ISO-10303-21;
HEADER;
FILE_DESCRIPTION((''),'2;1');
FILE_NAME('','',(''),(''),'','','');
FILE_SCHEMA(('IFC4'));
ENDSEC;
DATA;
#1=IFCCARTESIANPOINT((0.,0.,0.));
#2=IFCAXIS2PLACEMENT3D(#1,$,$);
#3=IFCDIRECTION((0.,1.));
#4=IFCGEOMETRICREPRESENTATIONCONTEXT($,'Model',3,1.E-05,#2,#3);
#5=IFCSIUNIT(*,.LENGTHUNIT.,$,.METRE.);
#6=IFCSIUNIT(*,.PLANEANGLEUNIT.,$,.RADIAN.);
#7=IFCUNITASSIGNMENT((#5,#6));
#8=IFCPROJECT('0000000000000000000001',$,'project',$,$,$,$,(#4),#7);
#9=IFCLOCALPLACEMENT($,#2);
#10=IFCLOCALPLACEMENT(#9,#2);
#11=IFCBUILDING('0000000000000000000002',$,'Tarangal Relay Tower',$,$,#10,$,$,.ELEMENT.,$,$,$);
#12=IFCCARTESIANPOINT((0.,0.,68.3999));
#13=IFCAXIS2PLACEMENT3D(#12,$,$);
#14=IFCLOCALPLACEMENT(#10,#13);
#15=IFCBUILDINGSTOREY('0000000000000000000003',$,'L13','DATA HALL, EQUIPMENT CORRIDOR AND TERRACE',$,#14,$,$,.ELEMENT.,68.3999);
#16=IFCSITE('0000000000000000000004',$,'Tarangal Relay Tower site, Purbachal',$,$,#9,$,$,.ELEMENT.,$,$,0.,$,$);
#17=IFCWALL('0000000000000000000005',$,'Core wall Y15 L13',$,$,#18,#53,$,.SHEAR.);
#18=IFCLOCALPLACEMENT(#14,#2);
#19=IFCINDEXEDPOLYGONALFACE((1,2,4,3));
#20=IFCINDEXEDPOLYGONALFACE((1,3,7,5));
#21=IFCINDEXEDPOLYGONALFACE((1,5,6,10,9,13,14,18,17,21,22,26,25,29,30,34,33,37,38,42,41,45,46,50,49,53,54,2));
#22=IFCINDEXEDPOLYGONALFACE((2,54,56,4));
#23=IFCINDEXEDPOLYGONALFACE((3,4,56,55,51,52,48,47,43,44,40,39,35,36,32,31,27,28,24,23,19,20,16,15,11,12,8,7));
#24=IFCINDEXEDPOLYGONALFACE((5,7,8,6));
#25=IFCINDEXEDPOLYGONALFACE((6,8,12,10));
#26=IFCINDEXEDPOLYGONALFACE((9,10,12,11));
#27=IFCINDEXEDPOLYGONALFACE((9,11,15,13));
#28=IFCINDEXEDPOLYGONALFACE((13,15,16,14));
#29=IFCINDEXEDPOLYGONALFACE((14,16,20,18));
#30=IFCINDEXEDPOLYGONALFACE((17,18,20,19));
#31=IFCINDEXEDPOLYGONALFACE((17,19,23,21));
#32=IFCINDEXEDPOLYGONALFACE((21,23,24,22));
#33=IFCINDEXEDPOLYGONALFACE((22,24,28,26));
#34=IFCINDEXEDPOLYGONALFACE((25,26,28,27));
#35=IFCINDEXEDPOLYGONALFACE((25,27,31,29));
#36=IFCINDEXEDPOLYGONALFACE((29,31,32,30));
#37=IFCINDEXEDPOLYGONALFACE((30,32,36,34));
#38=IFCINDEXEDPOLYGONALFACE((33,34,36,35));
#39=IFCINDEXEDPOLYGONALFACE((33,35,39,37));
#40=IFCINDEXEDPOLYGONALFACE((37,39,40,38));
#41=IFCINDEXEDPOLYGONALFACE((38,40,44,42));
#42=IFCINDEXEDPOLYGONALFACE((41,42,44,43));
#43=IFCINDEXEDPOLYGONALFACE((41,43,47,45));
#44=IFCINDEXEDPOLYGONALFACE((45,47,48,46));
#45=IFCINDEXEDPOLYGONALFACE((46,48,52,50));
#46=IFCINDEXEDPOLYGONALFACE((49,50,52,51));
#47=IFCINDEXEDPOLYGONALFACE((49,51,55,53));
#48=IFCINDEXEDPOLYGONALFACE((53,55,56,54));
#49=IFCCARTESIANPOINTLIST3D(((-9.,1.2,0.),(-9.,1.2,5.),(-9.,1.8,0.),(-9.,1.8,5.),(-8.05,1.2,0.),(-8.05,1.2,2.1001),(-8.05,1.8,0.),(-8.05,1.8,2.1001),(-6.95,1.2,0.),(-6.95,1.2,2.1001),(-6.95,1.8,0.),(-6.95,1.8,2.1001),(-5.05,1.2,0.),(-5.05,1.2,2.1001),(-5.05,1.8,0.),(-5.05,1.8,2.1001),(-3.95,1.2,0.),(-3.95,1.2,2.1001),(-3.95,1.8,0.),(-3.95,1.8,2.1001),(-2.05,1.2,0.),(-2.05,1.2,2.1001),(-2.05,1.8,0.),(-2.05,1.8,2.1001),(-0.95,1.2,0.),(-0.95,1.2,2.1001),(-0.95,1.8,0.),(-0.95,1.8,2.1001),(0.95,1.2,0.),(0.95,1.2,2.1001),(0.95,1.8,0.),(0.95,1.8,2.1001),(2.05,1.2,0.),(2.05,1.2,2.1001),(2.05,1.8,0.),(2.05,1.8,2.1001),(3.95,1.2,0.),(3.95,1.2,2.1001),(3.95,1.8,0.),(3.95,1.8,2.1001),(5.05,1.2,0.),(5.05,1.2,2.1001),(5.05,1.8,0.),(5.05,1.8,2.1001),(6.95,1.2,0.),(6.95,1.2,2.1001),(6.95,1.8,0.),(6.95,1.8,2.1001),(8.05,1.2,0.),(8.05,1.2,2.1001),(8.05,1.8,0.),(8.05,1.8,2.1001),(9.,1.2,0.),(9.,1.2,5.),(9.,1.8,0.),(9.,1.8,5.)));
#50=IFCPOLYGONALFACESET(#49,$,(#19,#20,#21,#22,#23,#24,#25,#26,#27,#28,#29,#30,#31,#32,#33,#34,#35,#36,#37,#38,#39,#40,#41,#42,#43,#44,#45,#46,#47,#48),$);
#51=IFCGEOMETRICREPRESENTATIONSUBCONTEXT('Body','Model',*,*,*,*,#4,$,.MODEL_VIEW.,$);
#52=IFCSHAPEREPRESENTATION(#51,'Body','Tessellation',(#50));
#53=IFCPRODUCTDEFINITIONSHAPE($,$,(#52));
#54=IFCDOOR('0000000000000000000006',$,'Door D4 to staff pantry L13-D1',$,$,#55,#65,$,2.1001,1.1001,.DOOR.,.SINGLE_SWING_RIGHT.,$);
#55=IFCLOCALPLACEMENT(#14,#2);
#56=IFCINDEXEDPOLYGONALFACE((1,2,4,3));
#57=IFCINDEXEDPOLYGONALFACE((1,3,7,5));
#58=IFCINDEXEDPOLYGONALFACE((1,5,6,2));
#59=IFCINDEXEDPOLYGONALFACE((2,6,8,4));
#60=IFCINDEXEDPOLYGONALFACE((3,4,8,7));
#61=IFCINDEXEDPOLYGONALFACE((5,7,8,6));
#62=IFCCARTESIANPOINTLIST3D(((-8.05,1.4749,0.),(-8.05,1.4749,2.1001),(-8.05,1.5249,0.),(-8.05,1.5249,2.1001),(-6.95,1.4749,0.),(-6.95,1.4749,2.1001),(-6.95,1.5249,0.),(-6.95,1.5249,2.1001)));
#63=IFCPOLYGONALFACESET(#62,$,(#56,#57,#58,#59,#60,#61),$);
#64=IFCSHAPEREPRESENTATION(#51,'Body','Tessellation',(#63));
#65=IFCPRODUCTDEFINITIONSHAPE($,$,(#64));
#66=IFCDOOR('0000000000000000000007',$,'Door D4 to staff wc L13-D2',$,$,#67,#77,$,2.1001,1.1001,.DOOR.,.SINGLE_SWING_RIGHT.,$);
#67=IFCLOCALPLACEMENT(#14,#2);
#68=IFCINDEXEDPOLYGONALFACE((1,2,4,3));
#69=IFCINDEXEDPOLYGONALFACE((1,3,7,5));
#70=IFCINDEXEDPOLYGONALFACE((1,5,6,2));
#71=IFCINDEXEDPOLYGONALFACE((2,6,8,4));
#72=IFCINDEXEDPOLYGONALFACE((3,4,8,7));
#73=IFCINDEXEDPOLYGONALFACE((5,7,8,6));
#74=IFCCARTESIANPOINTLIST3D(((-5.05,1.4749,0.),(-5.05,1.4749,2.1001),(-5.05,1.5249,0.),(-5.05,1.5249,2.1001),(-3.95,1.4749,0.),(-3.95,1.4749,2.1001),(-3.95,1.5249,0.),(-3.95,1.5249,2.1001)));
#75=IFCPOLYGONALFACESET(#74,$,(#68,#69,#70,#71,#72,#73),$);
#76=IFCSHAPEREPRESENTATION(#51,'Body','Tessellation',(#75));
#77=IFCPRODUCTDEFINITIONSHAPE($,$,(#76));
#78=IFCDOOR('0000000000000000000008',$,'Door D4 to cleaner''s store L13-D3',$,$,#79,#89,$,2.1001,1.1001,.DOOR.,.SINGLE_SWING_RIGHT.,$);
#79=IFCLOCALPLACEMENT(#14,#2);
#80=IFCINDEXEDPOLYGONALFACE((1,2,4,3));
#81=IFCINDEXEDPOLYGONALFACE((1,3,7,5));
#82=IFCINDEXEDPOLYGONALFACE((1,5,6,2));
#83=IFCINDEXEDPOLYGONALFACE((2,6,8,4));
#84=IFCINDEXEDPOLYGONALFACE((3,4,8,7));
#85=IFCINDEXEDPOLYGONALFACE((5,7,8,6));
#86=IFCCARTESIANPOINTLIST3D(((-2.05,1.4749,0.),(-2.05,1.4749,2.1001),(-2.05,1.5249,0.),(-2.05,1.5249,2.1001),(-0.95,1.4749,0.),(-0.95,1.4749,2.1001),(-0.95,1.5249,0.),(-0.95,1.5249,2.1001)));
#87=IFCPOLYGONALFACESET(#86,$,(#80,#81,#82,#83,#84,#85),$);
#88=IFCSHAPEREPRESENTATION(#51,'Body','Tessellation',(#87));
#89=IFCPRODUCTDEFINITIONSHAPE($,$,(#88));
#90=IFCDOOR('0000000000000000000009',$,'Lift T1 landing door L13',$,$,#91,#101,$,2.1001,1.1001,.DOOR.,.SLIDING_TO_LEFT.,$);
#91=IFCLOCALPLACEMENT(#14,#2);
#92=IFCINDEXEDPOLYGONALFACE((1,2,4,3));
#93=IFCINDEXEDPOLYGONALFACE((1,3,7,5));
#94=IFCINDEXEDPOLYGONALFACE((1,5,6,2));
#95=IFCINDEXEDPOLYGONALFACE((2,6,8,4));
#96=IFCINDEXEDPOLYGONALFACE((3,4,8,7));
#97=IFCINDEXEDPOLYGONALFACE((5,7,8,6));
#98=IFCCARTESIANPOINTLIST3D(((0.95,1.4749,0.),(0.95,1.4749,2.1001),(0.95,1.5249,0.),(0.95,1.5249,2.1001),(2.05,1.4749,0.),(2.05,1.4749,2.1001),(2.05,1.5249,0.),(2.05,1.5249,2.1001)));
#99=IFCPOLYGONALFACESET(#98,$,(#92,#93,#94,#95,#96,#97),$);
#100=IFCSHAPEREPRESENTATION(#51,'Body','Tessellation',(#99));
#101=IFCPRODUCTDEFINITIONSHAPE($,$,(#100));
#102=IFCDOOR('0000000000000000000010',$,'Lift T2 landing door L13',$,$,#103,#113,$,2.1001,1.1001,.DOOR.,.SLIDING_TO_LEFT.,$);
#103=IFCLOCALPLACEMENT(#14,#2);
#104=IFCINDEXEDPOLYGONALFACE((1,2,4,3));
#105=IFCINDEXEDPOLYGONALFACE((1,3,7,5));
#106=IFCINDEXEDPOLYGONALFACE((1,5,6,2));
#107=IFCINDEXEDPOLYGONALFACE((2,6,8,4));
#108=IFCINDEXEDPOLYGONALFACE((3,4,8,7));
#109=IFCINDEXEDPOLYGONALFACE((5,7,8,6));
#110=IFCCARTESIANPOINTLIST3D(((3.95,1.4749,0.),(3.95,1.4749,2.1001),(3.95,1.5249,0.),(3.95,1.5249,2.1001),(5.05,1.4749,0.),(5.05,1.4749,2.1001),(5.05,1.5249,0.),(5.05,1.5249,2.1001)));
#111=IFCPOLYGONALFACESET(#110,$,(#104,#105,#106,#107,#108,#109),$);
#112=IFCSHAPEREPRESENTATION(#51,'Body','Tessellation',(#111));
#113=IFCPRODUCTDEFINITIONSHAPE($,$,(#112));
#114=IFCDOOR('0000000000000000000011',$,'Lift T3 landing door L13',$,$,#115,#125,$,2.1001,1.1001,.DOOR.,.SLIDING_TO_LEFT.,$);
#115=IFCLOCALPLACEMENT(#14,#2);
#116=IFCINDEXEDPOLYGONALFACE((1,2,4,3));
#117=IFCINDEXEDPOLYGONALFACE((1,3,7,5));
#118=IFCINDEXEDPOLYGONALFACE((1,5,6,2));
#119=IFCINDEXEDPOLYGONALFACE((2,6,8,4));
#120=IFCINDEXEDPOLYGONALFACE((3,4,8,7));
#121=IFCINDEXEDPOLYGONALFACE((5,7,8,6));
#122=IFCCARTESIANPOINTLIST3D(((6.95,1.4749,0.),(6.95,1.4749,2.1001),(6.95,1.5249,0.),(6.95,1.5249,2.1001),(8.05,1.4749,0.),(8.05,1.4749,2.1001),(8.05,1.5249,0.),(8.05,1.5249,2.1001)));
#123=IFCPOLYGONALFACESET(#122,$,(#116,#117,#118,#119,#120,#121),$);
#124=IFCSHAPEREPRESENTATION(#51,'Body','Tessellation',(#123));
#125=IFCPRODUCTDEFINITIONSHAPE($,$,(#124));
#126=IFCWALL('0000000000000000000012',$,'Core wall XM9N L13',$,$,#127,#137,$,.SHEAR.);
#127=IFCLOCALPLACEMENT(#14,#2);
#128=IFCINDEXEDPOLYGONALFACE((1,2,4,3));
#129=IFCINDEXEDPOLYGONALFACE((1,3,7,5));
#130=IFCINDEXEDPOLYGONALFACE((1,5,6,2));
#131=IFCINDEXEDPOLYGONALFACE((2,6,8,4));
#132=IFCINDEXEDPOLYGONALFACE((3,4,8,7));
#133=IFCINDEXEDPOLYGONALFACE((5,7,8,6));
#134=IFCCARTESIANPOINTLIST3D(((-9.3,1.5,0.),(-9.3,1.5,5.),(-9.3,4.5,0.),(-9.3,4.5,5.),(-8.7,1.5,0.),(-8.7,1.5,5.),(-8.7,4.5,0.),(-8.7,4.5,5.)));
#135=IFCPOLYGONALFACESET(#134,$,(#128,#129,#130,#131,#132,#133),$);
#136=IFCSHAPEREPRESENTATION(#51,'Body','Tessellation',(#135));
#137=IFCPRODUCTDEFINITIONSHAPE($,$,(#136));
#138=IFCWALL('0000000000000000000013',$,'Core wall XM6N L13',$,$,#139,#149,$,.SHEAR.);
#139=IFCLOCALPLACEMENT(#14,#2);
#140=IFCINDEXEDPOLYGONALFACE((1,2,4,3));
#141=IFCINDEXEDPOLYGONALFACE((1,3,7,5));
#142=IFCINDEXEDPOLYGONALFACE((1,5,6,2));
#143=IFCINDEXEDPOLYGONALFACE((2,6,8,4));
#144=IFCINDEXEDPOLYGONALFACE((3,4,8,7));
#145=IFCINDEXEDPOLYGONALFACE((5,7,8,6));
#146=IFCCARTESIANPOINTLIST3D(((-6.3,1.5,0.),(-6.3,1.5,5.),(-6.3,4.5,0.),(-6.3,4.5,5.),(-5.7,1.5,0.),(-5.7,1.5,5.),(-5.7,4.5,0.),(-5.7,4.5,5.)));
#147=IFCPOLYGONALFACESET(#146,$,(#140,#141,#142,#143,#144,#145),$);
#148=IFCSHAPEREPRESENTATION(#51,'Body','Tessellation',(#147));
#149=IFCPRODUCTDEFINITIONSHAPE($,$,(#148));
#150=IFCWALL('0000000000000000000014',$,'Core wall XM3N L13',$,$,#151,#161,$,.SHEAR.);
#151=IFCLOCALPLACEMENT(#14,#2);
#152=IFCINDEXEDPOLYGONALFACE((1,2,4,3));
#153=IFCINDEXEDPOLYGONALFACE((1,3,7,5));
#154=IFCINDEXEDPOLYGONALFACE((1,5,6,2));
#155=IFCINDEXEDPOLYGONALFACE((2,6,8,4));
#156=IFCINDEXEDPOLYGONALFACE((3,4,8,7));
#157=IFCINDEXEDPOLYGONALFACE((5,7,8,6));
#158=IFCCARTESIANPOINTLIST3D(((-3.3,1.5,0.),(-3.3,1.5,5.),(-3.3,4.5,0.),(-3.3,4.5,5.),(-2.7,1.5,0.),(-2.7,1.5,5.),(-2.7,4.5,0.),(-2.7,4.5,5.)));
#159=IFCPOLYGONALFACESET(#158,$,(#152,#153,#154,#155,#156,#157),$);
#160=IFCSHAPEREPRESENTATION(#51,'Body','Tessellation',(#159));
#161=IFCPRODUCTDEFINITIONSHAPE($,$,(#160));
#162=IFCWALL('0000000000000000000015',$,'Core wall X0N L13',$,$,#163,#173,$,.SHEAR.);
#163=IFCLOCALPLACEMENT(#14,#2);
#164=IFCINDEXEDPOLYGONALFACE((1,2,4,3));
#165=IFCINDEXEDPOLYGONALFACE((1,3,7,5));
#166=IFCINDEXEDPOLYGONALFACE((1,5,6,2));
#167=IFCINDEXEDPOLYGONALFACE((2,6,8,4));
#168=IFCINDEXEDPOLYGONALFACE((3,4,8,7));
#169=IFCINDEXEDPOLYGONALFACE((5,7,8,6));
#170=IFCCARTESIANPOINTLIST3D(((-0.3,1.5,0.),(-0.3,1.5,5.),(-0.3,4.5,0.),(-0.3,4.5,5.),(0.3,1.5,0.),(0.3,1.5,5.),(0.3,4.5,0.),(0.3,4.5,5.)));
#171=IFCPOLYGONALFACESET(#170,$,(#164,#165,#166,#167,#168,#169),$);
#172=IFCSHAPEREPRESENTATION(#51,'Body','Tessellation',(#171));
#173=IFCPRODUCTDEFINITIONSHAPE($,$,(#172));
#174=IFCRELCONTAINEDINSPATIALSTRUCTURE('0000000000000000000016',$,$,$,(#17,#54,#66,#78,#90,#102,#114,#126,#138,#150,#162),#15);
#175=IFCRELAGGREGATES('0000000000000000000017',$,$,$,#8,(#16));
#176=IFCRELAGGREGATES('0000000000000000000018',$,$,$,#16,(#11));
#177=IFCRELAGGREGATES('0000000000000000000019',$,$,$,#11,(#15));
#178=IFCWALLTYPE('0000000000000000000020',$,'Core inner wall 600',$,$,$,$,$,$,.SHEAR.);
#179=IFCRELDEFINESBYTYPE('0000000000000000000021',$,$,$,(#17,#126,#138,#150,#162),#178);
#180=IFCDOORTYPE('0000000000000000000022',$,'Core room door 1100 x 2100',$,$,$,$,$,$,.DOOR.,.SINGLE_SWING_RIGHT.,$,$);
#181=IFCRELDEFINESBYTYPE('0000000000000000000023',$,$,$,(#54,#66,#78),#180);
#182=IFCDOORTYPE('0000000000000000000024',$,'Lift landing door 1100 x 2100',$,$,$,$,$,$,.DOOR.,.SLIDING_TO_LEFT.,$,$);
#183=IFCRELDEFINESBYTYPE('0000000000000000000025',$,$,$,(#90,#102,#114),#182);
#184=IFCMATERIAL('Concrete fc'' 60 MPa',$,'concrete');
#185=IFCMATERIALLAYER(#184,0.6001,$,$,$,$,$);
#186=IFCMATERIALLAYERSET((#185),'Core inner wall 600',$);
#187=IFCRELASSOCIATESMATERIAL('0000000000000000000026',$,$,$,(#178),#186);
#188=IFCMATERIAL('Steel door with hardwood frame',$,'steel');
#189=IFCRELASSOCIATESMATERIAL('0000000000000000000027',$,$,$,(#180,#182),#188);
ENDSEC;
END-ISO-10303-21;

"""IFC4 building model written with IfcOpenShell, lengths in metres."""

from ifc_helpers import new_model, si_unit, direction, frame, frame_2d, origin, place, context, subcontext, project, spatial, rectangle, extrude, material, layer, layer_set, type_object, element, fill, save


model = new_model("IFC4")

# Units and contexts
model_context = context("Model", 3, precision=1e-05, world=origin(), true_north=direction((0.0, 1.0)))
body_context = subcontext(model_context, "Body", "Model", "MODEL_VIEW")
ifc_project = project(units=[si_unit("LENGTHUNIT", "METRE"), si_unit("PLANEANGLEUNIT", "RADIAN")], contexts=[model_context])

# Site, building, storey
site_placement = place(None, origin())
site = spatial("IfcSite", under=ifc_project, at=site_placement, Name="Tarangal Relay Tower site, Purbachal", CompositionType="ELEMENT", RefElevation=0.0)
building_placement = place(site_placement, origin())
building = spatial("IfcBuilding", under=site, at=building_placement, Name="Tarangal Relay Tower", CompositionType="ELEMENT")
storey_placement = place(building_placement, frame((0.0, 0.0, 68.3999)))
storey = spatial("IfcBuildingStorey", under=building, at=storey_placement, Name="L13", Description="DATA HALL, EQUIPMENT CORRIDOR AND TERRACE", CompositionType="ELEMENT", Elevation=68.3999)

# Wall, openings, doors
ifc_material_1 = material(Name="Concrete fc' 60 MPa", Category="concrete")
ifc_layer_1 = layer(ifc_material_1, 0.6001)
ifc_layer_set_1 = layer_set([ifc_layer_1], Name="Core inner wall 600")
wall_type_1 = type_object("IfcWallType", Name="Core inner wall 600", PredefinedType="SHEAR", material=ifc_layer_set_1)
wall_1_placement = place(storey_placement, frame((-9.0, 1.5, 0.0), z_axis=(0.0, 0.0, 1.0), x_axis=(1.0, 0.0, 0.0)))
wall_1 = element("IfcWall", 1, at=wall_1_placement, inside=storey, type_object=wall_type_1, Name="Core wall Y15 L13", PredefinedType="SHEAR", context=body_context, shape_type="SweptSolid", body=[
    extrude(rectangle(XDim=18.0, YDim=0.6001, at=frame_2d((9.0, 0.0))), origin(), (0.0, 0.0, 1.0), 5.0),
])
opening_1_placement = place(wall_1_placement, frame((9.95, 0.0, 0.0)))
opening_1 = element("IfcOpeningElement", 2, at=opening_1_placement, cuts=wall_1, PredefinedType="OPENING", context=body_context, shape_type="SweptSolid", body=[
    extrude(rectangle(XDim=1.1001, YDim=2.1001, at=frame_2d((0.55, 1.05))), frame((0.0, 0.3101, 0.0), z_axis=(0.0, -1.0, 0.0), x_axis=(1.0, 0.0, 0.0)), (0.0, 0.0, 1.0), 0.6201),
])
opening_2_placement = place(wall_1_placement, frame((12.95, 0.0, 0.0)))
opening_2 = element("IfcOpeningElement", 3, at=opening_2_placement, cuts=wall_1, PredefinedType="OPENING", context=body_context, shape_type="SweptSolid", body=[
    extrude(rectangle(XDim=1.1001, YDim=2.1001, at=frame_2d((0.55, 1.05))), frame((0.0, 0.3101, 0.0), z_axis=(0.0, -1.0, 0.0), x_axis=(1.0, 0.0, 0.0)), (0.0, 0.0, 1.0), 0.6201),
])
opening_3_placement = place(wall_1_placement, frame((15.95, 0.0, 0.0)))
opening_3 = element("IfcOpeningElement", 4, at=opening_3_placement, cuts=wall_1, PredefinedType="OPENING", context=body_context, shape_type="SweptSolid", body=[
    extrude(rectangle(XDim=1.1001, YDim=2.1001, at=frame_2d((0.55, 1.05))), frame((0.0, 0.3101, 0.0), z_axis=(0.0, -1.0, 0.0), x_axis=(1.0, 0.0, 0.0)), (0.0, 0.0, 1.0), 0.6201),
])
opening_4_placement = place(wall_1_placement, frame((0.95, 0.0, 0.0)))
opening_4 = element("IfcOpeningElement", 5, at=opening_4_placement, cuts=wall_1, PredefinedType="OPENING", context=body_context, shape_type="SweptSolid", body=[
    extrude(rectangle(XDim=1.1001, YDim=2.1001, at=frame_2d((0.55, 1.05))), frame((0.0, 0.3101, 0.0), z_axis=(0.0, -1.0, 0.0), x_axis=(1.0, 0.0, 0.0)), (0.0, 0.0, 1.0), 0.6201),
])
opening_5_placement = place(wall_1_placement, frame((3.95, 0.0, 0.0)))
opening_5 = element("IfcOpeningElement", 6, at=opening_5_placement, cuts=wall_1, PredefinedType="OPENING", context=body_context, shape_type="SweptSolid", body=[
    extrude(rectangle(XDim=1.1001, YDim=2.1001, at=frame_2d((0.55, 1.05))), frame((0.0, 0.3101, 0.0), z_axis=(0.0, -1.0, 0.0), x_axis=(1.0, 0.0, 0.0)), (0.0, 0.0, 1.0), 0.6201),
])
opening_6_placement = place(wall_1_placement, frame((6.95, 0.0, 0.0)))
opening_6 = element("IfcOpeningElement", 7, at=opening_6_placement, cuts=wall_1, PredefinedType="OPENING", context=body_context, shape_type="SweptSolid", body=[
    extrude(rectangle(XDim=1.1001, YDim=2.1001, at=frame_2d((0.55, 1.05))), frame((0.0, 0.3101, 0.0), z_axis=(0.0, -1.0, 0.0), x_axis=(1.0, 0.0, 0.0)), (0.0, 0.0, 1.0), 0.6201),
])
ifc_material_2 = material(Name="Steel door with hardwood frame", Category="steel")
door_type_1 = type_object("IfcDoorType", Name="Core room door 1100 x 2100", OperationType="SINGLE_SWING_RIGHT", PredefinedType="DOOR", material=ifc_material_2)
door_1_placement = place(opening_4_placement, origin())
door_1 = element("IfcDoor", 8, at=door_1_placement, inside=storey, type_object=door_type_1, Name="Door D4 to staff pantry L13-D1", OperationType="SINGLE_SWING_RIGHT", OverallHeight=2.1001, OverallWidth=1.1001, PredefinedType="DOOR", context=body_context, shape_type="SweptSolid", body=[
    extrude(rectangle(XDim=1.1001, YDim=2.1001, at=frame_2d((0.55, 1.05))), frame((0.0, 0.0249, 0.0), z_axis=(0.0, -1.0, 0.0), x_axis=(1.0, 0.0, 0.0)), (0.0, 0.0, 1.0), 0.05),
])
fill(opening_4, door_1)
door_2_placement = place(opening_5_placement, origin())
door_2 = element("IfcDoor", 9, at=door_2_placement, inside=storey, type_object=door_type_1, Name="Door D4 to staff wc L13-D2", OperationType="SINGLE_SWING_RIGHT", OverallHeight=2.1001, OverallWidth=1.1001, PredefinedType="DOOR", context=body_context, shape_type="SweptSolid", body=[
    extrude(rectangle(XDim=1.1001, YDim=2.1001, at=frame_2d((0.55, 1.05))), frame((0.0, 0.0249, 0.0), z_axis=(0.0, -1.0, 0.0), x_axis=(1.0, 0.0, 0.0)), (0.0, 0.0, 1.0), 0.05),
])
fill(opening_5, door_2)
door_3_placement = place(opening_6_placement, origin())
door_3 = element("IfcDoor", 10, at=door_3_placement, inside=storey, type_object=door_type_1, Name="Door D4 to cleaner's store L13-D3", OperationType="SINGLE_SWING_RIGHT", OverallHeight=2.1001, OverallWidth=1.1001, PredefinedType="DOOR", context=body_context, shape_type="SweptSolid", body=[
    extrude(rectangle(XDim=1.1001, YDim=2.1001, at=frame_2d((0.55, 1.05))), frame((0.0, 0.0249, 0.0), z_axis=(0.0, -1.0, 0.0), x_axis=(1.0, 0.0, 0.0)), (0.0, 0.0, 1.0), 0.05),
])
fill(opening_6, door_3)
door_type_2 = type_object("IfcDoorType", Name="Lift landing door 1100 x 2100", OperationType="SLIDING_TO_LEFT", PredefinedType="DOOR", material=ifc_material_2)
door_4_placement = place(opening_1_placement, origin())
door_4 = element("IfcDoor", 11, at=door_4_placement, inside=storey, type_object=door_type_2, Name="Lift T1 landing door L13", OperationType="SLIDING_TO_LEFT", OverallHeight=2.1001, OverallWidth=1.1001, PredefinedType="DOOR", context=body_context, shape_type="SweptSolid", body=[
    extrude(rectangle(XDim=1.1001, YDim=2.1001, at=frame_2d((0.55, 1.05))), frame((0.0, 0.0249, 0.0), z_axis=(0.0, -1.0, 0.0), x_axis=(1.0, 0.0, 0.0)), (0.0, 0.0, 1.0), 0.05),
])
fill(opening_1, door_4)
door_5_placement = place(opening_2_placement, origin())
door_5 = element("IfcDoor", 12, at=door_5_placement, inside=storey, type_object=door_type_2, Name="Lift T2 landing door L13", OperationType="SLIDING_TO_LEFT", OverallHeight=2.1001, OverallWidth=1.1001, PredefinedType="DOOR", context=body_context, shape_type="SweptSolid", body=[
    extrude(rectangle(XDim=1.1001, YDim=2.1001, at=frame_2d((0.55, 1.05))), frame((0.0, 0.0249, 0.0), z_axis=(0.0, -1.0, 0.0), x_axis=(1.0, 0.0, 0.0)), (0.0, 0.0, 1.0), 0.05),
])
fill(opening_2, door_5)
door_6_placement = place(opening_3_placement, origin())
door_6 = element("IfcDoor", 13, at=door_6_placement, inside=storey, type_object=door_type_2, Name="Lift T3 landing door L13", OperationType="SLIDING_TO_LEFT", OverallHeight=2.1001, OverallWidth=1.1001, PredefinedType="DOOR", context=body_context, shape_type="SweptSolid", body=[
    extrude(rectangle(XDim=1.1001, YDim=2.1001, at=frame_2d((0.55, 1.05))), frame((0.0, 0.0249, 0.0), z_axis=(0.0, -1.0, 0.0), x_axis=(1.0, 0.0, 0.0)), (0.0, 0.0, 1.0), 0.05),
])
fill(opening_3, door_6)

# Walls
for number, where, z_axis, x_axis, name in (
    (14, (-9.0, 1.5, 0.0), (0.0, 0.0, 1.0), (0.0, 1.0, 0.0), "Core wall XM9N L13"),
    (15, (-6.0, 1.5, 0.0), (0.0, 0.0, 1.0), (0.0, 1.0, 0.0), "Core wall XM6N L13"),
    (16, (-3.0, 1.5, 0.0), (0.0, 0.0, 1.0), (0.0, 1.0, 0.0), "Core wall XM3N L13"),
    (17, (0.0, 1.5, 0.0), (0.0, 0.0, 1.0), (0.0, 1.0, 0.0), "Core wall X0N L13"),
):
    element("IfcWall", number, at=place(storey_placement, frame(where, z_axis=z_axis, x_axis=x_axis)), inside=storey, type_object=wall_type_1, Name=name, PredefinedType="SHEAR", context=body_context, shape_type="SweptSolid", body=[
        extrude(rectangle(XDim=3.0, YDim=0.6001, at=frame_2d((1.5, 0.0))), origin(), (0.0, 0.0, 1.0), 5.0),
    ])

save(model, "model.ifc")
